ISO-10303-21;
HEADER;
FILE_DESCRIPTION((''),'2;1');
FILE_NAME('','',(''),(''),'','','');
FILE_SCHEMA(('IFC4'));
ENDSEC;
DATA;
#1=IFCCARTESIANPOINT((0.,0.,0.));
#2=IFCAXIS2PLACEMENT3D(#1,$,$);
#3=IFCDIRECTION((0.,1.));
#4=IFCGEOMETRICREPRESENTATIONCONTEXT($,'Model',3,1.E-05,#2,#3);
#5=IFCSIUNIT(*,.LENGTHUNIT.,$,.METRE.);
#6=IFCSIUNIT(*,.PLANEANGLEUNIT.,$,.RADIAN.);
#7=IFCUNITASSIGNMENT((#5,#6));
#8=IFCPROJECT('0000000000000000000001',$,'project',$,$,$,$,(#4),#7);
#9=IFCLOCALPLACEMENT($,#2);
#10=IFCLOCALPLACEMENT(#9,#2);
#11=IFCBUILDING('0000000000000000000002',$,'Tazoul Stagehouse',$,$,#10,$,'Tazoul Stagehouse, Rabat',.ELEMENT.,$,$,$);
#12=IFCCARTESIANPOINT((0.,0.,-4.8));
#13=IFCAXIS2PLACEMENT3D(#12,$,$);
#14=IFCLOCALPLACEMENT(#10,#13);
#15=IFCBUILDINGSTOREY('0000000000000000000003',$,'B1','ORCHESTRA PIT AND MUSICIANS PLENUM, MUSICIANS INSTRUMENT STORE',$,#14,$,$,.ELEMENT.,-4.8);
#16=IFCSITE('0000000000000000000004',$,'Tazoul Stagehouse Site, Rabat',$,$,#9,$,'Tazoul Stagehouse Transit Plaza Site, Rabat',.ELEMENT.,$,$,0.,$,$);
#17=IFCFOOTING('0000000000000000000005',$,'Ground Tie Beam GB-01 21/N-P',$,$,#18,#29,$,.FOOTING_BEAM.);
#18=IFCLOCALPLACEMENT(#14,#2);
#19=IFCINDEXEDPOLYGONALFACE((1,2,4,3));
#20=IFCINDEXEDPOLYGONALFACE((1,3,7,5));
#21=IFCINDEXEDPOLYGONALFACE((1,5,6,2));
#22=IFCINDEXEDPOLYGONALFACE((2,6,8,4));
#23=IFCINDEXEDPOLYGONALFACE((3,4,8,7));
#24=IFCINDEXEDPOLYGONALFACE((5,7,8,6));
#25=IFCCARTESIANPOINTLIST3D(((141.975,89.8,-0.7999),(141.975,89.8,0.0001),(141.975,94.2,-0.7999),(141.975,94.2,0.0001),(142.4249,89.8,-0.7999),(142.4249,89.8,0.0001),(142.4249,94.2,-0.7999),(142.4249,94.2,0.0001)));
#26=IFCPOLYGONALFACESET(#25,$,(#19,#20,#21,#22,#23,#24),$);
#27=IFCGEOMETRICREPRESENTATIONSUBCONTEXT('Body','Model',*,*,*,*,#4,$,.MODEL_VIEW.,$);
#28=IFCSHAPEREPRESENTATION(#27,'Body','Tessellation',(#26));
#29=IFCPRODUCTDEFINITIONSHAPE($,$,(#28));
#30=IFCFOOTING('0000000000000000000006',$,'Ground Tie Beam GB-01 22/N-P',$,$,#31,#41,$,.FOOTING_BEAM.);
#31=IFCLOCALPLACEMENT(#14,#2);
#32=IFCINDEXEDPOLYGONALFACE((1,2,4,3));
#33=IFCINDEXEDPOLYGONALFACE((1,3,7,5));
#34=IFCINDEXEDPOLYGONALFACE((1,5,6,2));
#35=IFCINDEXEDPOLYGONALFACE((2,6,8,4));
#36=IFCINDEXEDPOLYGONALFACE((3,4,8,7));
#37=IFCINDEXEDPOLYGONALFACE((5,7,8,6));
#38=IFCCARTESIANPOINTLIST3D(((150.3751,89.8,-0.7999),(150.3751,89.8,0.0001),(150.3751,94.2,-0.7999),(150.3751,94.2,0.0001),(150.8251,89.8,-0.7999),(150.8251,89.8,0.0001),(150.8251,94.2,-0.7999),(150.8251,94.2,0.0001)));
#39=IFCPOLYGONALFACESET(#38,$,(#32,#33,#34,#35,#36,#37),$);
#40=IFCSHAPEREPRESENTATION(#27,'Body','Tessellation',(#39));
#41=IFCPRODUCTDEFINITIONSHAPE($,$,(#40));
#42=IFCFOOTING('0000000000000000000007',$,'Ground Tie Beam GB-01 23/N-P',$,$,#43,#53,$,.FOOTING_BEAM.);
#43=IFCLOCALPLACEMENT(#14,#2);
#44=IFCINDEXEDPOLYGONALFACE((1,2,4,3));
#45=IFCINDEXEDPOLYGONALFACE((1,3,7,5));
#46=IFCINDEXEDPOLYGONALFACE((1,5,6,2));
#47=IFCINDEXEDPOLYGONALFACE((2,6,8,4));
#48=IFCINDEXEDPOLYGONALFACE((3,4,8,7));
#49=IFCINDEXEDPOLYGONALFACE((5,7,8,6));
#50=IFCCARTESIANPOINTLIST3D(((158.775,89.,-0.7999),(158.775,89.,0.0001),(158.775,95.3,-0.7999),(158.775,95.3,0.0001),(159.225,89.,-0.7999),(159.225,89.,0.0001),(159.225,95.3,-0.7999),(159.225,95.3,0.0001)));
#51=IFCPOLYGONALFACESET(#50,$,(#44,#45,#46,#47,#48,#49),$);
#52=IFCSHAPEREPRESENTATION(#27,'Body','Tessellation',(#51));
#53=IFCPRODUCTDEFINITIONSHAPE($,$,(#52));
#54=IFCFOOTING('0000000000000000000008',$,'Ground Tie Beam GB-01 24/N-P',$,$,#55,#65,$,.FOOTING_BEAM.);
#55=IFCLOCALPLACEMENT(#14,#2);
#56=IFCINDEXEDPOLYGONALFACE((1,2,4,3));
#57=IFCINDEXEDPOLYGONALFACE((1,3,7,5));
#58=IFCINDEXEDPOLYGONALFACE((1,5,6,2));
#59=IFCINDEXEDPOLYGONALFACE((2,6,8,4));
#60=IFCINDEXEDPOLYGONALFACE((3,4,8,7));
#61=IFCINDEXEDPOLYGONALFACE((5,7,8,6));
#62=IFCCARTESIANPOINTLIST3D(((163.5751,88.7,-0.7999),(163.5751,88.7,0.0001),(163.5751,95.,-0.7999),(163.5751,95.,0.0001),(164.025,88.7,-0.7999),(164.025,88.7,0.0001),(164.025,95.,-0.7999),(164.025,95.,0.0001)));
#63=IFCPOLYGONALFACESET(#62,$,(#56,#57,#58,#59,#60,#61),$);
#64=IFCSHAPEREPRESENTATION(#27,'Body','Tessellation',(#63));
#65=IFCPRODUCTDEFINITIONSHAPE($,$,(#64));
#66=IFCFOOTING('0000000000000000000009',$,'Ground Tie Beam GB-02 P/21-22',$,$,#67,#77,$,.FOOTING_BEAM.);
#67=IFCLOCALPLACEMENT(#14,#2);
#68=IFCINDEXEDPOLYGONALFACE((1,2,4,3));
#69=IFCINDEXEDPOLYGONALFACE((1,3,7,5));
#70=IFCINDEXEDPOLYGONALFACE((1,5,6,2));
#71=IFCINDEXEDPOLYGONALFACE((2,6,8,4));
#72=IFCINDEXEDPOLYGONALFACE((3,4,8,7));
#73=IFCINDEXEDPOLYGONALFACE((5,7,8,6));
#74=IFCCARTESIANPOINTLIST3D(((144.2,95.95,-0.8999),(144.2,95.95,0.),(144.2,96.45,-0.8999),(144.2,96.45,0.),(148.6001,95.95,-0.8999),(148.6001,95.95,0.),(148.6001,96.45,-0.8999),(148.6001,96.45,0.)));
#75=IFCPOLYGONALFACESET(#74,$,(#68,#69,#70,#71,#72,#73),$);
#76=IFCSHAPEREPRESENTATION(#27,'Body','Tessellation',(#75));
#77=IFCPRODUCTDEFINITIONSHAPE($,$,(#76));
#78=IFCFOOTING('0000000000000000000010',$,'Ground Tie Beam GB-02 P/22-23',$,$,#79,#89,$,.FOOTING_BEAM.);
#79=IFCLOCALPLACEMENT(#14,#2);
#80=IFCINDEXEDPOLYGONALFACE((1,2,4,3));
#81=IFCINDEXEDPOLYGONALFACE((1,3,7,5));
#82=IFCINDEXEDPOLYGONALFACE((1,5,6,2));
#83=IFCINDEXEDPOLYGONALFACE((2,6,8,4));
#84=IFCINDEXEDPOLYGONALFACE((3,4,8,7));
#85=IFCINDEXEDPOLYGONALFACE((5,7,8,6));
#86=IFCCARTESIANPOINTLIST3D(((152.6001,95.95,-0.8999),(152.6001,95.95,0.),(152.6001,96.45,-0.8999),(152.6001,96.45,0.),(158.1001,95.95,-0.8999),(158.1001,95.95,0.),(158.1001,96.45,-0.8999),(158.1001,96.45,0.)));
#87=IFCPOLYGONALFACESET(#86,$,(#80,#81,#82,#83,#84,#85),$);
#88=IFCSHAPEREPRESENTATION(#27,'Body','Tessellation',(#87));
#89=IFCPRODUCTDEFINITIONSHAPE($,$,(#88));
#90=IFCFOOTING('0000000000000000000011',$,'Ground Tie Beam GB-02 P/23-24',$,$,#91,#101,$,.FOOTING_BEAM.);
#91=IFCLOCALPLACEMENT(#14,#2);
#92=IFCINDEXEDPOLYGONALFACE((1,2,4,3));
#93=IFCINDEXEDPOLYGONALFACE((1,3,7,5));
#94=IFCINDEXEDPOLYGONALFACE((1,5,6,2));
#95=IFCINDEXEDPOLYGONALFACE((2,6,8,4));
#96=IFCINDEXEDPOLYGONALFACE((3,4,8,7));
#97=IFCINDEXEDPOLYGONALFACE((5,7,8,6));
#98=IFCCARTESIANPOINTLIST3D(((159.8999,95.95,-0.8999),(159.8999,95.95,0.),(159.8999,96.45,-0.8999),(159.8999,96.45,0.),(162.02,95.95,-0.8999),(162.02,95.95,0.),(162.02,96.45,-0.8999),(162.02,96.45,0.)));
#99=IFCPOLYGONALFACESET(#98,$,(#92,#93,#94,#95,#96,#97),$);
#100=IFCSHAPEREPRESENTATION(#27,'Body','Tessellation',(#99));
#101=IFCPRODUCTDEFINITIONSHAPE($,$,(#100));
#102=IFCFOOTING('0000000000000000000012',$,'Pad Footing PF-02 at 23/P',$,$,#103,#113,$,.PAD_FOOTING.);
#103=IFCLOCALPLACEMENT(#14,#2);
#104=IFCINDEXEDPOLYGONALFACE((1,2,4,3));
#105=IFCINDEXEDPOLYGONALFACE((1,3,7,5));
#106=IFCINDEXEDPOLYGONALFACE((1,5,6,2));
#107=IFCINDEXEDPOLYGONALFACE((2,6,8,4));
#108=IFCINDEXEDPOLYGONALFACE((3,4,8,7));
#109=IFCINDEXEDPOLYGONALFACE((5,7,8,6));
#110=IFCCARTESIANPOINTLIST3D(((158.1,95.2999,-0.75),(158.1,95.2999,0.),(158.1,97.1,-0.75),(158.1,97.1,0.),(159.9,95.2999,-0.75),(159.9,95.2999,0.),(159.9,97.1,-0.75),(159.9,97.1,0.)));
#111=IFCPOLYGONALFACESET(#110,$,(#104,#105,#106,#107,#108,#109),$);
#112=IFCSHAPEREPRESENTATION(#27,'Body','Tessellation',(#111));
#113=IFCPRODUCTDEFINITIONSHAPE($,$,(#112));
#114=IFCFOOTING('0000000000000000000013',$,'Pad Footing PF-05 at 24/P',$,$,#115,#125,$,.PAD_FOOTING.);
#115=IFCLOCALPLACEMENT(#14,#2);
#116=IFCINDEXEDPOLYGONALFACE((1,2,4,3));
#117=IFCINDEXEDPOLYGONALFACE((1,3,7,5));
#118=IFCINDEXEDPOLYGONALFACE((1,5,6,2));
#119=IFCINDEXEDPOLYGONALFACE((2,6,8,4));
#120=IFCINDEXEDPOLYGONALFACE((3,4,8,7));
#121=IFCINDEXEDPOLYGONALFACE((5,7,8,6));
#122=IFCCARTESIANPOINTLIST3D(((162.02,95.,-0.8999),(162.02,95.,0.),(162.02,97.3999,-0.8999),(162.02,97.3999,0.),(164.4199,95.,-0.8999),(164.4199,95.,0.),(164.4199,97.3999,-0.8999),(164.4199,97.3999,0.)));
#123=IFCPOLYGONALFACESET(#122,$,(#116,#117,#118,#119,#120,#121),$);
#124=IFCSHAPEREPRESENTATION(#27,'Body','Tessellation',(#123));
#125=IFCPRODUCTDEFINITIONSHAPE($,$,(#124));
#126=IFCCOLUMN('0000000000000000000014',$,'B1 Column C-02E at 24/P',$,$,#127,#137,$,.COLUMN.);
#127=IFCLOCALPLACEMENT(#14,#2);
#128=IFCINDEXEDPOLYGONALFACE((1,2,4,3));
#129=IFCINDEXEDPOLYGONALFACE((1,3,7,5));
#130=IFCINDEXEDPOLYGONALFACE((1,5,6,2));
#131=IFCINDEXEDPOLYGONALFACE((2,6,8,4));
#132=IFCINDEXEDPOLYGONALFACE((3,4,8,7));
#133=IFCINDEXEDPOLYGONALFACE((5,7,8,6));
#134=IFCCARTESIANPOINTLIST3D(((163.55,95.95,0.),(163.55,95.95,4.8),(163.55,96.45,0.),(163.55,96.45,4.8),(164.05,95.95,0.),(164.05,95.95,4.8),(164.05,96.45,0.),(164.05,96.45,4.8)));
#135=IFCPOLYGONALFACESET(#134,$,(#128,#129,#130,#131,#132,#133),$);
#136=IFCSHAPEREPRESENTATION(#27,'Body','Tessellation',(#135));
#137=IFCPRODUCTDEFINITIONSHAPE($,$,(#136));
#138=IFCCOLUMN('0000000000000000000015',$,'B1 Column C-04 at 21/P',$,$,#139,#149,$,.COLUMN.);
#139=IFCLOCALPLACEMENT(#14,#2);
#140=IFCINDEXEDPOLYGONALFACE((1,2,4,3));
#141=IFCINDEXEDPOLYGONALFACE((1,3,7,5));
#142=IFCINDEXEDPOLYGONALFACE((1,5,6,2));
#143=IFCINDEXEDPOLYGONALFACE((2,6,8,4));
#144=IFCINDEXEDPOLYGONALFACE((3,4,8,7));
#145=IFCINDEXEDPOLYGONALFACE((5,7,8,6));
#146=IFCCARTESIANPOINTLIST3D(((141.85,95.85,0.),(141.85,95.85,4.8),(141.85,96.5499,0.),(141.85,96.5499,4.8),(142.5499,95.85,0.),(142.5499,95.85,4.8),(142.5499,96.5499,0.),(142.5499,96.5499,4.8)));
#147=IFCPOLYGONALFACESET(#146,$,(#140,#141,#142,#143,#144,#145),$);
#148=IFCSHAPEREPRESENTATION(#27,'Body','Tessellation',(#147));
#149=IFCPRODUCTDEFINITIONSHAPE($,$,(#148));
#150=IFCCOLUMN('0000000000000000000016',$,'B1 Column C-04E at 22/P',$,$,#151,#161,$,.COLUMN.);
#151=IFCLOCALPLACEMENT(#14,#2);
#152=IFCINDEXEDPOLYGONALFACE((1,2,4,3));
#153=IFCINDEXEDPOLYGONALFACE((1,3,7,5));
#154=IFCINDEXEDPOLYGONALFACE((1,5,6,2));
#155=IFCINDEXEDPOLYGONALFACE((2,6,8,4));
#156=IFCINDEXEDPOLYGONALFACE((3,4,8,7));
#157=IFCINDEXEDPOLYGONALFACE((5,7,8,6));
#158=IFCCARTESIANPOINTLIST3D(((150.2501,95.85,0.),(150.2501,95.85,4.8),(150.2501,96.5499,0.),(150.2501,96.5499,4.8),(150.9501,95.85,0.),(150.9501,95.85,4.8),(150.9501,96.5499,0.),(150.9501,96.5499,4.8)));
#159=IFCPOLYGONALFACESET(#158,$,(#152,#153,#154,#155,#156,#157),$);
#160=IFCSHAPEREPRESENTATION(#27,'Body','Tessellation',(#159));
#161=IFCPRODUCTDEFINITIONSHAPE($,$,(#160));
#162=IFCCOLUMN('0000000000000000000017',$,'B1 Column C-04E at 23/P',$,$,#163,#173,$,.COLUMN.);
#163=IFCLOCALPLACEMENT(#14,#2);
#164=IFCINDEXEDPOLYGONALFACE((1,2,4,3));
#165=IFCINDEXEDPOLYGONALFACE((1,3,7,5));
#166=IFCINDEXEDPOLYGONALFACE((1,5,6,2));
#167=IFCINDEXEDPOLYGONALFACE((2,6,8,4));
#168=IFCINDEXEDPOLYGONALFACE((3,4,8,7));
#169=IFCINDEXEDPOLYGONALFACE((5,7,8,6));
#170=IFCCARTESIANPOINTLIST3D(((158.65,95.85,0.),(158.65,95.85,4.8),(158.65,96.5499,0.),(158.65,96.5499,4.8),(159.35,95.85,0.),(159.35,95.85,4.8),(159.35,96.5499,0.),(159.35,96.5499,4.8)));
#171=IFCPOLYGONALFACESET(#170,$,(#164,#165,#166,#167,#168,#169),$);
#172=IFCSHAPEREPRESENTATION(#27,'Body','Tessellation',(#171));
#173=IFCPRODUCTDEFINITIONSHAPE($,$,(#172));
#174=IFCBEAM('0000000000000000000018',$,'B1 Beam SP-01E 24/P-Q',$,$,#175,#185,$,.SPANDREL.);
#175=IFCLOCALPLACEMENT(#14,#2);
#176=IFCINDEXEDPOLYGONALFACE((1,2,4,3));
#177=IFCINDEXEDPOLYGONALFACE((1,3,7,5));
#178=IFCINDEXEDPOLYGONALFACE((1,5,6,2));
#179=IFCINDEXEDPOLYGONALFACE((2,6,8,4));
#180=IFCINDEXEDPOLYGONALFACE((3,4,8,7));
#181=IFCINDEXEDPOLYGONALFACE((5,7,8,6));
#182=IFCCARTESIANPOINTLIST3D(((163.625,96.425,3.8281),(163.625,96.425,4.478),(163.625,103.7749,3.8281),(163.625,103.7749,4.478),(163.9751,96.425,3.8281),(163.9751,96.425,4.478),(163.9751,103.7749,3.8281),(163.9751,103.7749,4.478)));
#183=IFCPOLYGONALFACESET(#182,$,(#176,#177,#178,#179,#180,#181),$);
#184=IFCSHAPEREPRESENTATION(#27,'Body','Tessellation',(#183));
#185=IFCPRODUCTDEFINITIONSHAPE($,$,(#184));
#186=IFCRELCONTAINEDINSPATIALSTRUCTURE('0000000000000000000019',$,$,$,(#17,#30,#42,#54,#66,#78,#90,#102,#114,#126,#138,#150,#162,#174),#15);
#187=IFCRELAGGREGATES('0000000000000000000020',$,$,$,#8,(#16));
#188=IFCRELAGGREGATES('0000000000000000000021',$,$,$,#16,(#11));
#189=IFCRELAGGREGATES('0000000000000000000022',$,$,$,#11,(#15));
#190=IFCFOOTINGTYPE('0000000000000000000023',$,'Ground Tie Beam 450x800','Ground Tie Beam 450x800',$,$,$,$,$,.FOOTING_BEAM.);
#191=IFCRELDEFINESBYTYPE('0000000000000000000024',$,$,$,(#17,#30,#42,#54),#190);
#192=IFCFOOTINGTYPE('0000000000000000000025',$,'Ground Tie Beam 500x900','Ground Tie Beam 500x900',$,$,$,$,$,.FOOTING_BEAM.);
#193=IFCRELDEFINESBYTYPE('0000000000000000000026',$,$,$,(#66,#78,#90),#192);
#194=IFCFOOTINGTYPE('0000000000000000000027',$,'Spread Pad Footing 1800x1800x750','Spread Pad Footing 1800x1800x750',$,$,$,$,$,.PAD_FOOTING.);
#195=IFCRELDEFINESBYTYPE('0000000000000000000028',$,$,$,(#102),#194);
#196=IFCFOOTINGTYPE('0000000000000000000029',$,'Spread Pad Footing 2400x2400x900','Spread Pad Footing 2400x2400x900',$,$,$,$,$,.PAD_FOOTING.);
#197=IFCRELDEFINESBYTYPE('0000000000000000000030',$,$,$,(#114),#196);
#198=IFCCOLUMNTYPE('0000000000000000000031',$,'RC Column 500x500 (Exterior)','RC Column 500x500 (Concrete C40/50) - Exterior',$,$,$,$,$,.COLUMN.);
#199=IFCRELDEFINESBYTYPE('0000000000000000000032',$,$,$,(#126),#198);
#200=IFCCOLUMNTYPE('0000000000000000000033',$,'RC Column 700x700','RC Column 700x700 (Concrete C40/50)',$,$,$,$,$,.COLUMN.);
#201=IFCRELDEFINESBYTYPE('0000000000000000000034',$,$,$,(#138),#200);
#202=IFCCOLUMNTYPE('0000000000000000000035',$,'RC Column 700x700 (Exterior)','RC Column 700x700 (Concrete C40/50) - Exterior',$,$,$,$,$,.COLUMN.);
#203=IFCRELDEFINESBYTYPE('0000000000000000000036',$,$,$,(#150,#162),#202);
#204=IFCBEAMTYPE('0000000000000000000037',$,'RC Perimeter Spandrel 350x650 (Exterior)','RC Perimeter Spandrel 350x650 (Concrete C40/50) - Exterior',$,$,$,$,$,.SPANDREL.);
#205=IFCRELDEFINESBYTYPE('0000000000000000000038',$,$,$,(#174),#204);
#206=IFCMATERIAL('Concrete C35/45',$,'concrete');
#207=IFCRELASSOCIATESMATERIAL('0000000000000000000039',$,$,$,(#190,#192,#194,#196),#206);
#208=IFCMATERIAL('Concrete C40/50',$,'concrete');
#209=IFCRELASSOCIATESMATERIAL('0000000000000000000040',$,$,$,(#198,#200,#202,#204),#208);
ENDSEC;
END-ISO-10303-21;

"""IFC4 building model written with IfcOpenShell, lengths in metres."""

from ifc_helpers import new_model, si_unit, direction, frame, origin, origin_2d, place, context, subcontext, project, spatial, rectangle, extrude, material, material_profile, profile_set, type_object, element, save


model = new_model("IFC4")

# Units and contexts
model_context = context("Model", 3, precision=1e-05, world=origin(), true_north=direction((0.0, 1.0)))
body_context = subcontext(model_context, "Body", "Model", "MODEL_VIEW")
ifc_project = project(units=[si_unit("LENGTHUNIT", "METRE"), si_unit("PLANEANGLEUNIT", "RADIAN")], contexts=[model_context])

# Site, building, storey
site_placement = place(None, origin())
site = spatial("IfcSite", under=ifc_project, at=site_placement, Name="Tazoul Stagehouse Site, Rabat", LongName="Tazoul Stagehouse Transit Plaza Site, Rabat", CompositionType="ELEMENT", RefElevation=0.0)
building_placement = place(site_placement, origin())
building = spatial("IfcBuilding", under=site, at=building_placement, Name="Tazoul Stagehouse", LongName="Tazoul Stagehouse, Rabat", CompositionType="ELEMENT")
storey_placement = place(building_placement, frame((0.0, 0.0, -4.8)))
storey = spatial("IfcBuildingStorey", under=building, at=storey_placement, Name="B1", Description="ORCHESTRA PIT AND MUSICIANS PLENUM, MUSICIANS INSTRUMENT STORE", CompositionType="ELEMENT", Elevation=-4.8)

# Shared definitions
ifc_material_1 = material(Name="Concrete C35/45", Category="concrete")

# Footings
ifc_material_profile_1 = material_profile(ifc_material_1, rectangle(XDim=0.45, YDim=0.8, at=origin_2d()), Name="RC 450x800")
ifc_profile_set_1 = profile_set([ifc_material_profile_1], Name="Concrete C35/45")
footing_type_1 = type_object("IfcFootingType", Name="Ground Tie Beam 450x800", Description="Ground Tie Beam 450x800", PredefinedType="FOOTING_BEAM", material=ifc_profile_set_1)
for number, where, z_axis, x_axis, name in (
    (1, (142.2, 89.8, -0.3999), (0.0, 1.0, 0.0), (-1.0, 0.0, 0.0), "Ground Tie Beam GB-01 21/N-P"),
    (2, (150.6001, 89.8, -0.3999), (0.0, 1.0, 0.0), (-1.0, 0.0, 0.0), "Ground Tie Beam GB-01 22/N-P"),
):
    element("IfcFooting", number, at=place(storey_placement, frame(where, z_axis=z_axis, x_axis=x_axis)), inside=storey, type_object=footing_type_1, Name=name, PredefinedType="FOOTING_BEAM", context=body_context, shape_type="SweptSolid", body=[
        extrude(rectangle(XDim=0.45, YDim=0.8, at=origin_2d()), origin(), (0.0, 0.0, 1.0), 4.3999),
    ])
for number, where, z_axis, x_axis, name in (
    (3, (159.0, 89.0, -0.3999), (0.0, 1.0, 0.0), (-1.0, 0.0, 0.0), "Ground Tie Beam GB-01 23/N-P"),
    (4, (163.8, 88.7, -0.3999), (0.0, 1.0, 0.0), (-1.0, 0.0, 0.0), "Ground Tie Beam GB-01 24/N-P"),
):
    element("IfcFooting", number, at=place(storey_placement, frame(where, z_axis=z_axis, x_axis=x_axis)), inside=storey, type_object=footing_type_1, Name=name, PredefinedType="FOOTING_BEAM", context=body_context, shape_type="SweptSolid", body=[
        extrude(rectangle(XDim=0.45, YDim=0.8, at=origin_2d()), origin(), (0.0, 0.0, 1.0), 6.3),
    ])
ifc_material_profile_2 = material_profile(ifc_material_1, rectangle(XDim=0.5, YDim=0.8999, at=origin_2d()), Name="RC 500x900")
ifc_profile_set_2 = profile_set([ifc_material_profile_2], Name="Concrete C35/45")
footing_type_2 = type_object("IfcFootingType", Name="Ground Tie Beam 500x900", Description="Ground Tie Beam 500x900", PredefinedType="FOOTING_BEAM", material=ifc_profile_set_2)
footing_1_placement = place(storey_placement, frame((144.2, 96.2, -0.45), z_axis=(1.0, 0.0, 0.0), x_axis=(0.0, 1.0, 0.0)))
element("IfcFooting", 5, at=footing_1_placement, inside=storey, type_object=footing_type_2, Name="Ground Tie Beam GB-02 P/21-22", PredefinedType="FOOTING_BEAM", context=body_context, shape_type="SweptSolid", body=[
    extrude(rectangle(XDim=0.5, YDim=0.8999, at=origin_2d()), origin(), (0.0, 0.0, 1.0), 4.4001),
])
footing_2_placement = place(storey_placement, frame((152.6001, 96.2, -0.45), z_axis=(1.0, 0.0, 0.0), x_axis=(0.0, 1.0, 0.0)))
element("IfcFooting", 6, at=footing_2_placement, inside=storey, type_object=footing_type_2, Name="Ground Tie Beam GB-02 P/22-23", PredefinedType="FOOTING_BEAM", context=body_context, shape_type="SweptSolid", body=[
    extrude(rectangle(XDim=0.5, YDim=0.8999, at=origin_2d()), origin(), (0.0, 0.0, 1.0), 5.5),
])
footing_3_placement = place(storey_placement, frame((159.8999, 96.2, -0.45), z_axis=(1.0, 0.0, 0.0), x_axis=(0.0, 1.0, 0.0)))
element("IfcFooting", 7, at=footing_3_placement, inside=storey, type_object=footing_type_2, Name="Ground Tie Beam GB-02 P/23-24", PredefinedType="FOOTING_BEAM", context=body_context, shape_type="SweptSolid", body=[
    extrude(rectangle(XDim=0.5, YDim=0.8999, at=origin_2d()), origin(), (0.0, 0.0, 1.0), 2.1201),
])
footing_type_3 = type_object("IfcFootingType", Name="Spread Pad Footing 1800x1800x750", Description="Spread Pad Footing 1800x1800x750", PredefinedType="PAD_FOOTING", material=ifc_material_1)
footing_4_placement = place(storey_placement, frame((159.0, 96.2, -0.75), z_axis=(0.0, 0.0, 1.0), x_axis=(1.0, 0.0, 0.0)))
element("IfcFooting", 8, at=footing_4_placement, inside=storey, type_object=footing_type_3, Name="Pad Footing PF-02 at 23/P", PredefinedType="PAD_FOOTING", context=body_context, shape_type="SweptSolid", body=[
    extrude(rectangle(XDim=1.8, YDim=1.8, at=origin_2d()), origin(), (0.0, 0.0, 1.0), 0.75),
])
footing_type_4 = type_object("IfcFootingType", Name="Spread Pad Footing 2400x2400x900", Description="Spread Pad Footing 2400x2400x900", PredefinedType="PAD_FOOTING", material=ifc_material_1)
footing_5_placement = place(storey_placement, frame((163.22, 96.2, -0.8999), z_axis=(0.0, 0.0, 1.0), x_axis=(1.0, 0.0, 0.0)))
element("IfcFooting", 9, at=footing_5_placement, inside=storey, type_object=footing_type_4, Name="Pad Footing PF-05 at 24/P", PredefinedType="PAD_FOOTING", context=body_context, shape_type="SweptSolid", body=[
    extrude(rectangle(XDim=2.3999, YDim=2.3999, at=origin_2d()), origin(), (0.0, 0.0, 1.0), 0.8999),
])

# Columns
ifc_material_2 = material(Name="Concrete C40/50", Category="concrete")
ifc_material_profile_3 = material_profile(ifc_material_2, rectangle(XDim=0.5, YDim=0.5, at=origin_2d()), Name="RC 500x500")
ifc_profile_set_3 = profile_set([ifc_material_profile_3], Name="Concrete C40/50")
column_type_1 = type_object("IfcColumnType", Name="RC Column 500x500 (Exterior)", Description="RC Column 500x500 (Concrete C40/50) - Exterior", PredefinedType="COLUMN", material=ifc_profile_set_3)
column_1_placement = place(storey_placement, frame((163.8, 96.2, 0.0), z_axis=(0.0, 0.0, 1.0), x_axis=(1.0, 0.0, 0.0)))
element("IfcColumn", 10, at=column_1_placement, inside=storey, type_object=column_type_1, Name="B1 Column C-02E at 24/P", PredefinedType="COLUMN", context=body_context, shape_type="SweptSolid", body=[
    extrude(rectangle(XDim=0.5, YDim=0.5, at=origin_2d()), origin(), (0.0, 0.0, 1.0), 4.8),
])
ifc_material_profile_4 = material_profile(ifc_material_2, rectangle(XDim=0.7, YDim=0.7, at=origin_2d()), Name="RC 700x700")
ifc_profile_set_4 = profile_set([ifc_material_profile_4], Name="Concrete C40/50")
column_type_2 = type_object("IfcColumnType", Name="RC Column 700x700", Description="RC Column 700x700 (Concrete C40/50)", PredefinedType="COLUMN", material=ifc_profile_set_4)
column_2_placement = place(storey_placement, frame((142.2, 96.2, 0.0), z_axis=(0.0, 0.0, 1.0), x_axis=(1.0, 0.0, 0.0)))
element("IfcColumn", 11, at=column_2_placement, inside=storey, type_object=column_type_2, Name="B1 Column C-04 at 21/P", PredefinedType="COLUMN", context=body_context, shape_type="SweptSolid", body=[
    extrude(rectangle(XDim=0.7, YDim=0.7, at=origin_2d()), origin(), (0.0, 0.0, 1.0), 4.8),
])
ifc_material_profile_5 = material_profile(ifc_material_2, rectangle(XDim=0.7, YDim=0.7, at=origin_2d()), Name="RC 700x700")
ifc_profile_set_5 = profile_set([ifc_material_profile_5], Name="Concrete C40/50")
column_type_3 = type_object("IfcColumnType", Name="RC Column 700x700 (Exterior)", Description="RC Column 700x700 (Concrete C40/50) - Exterior", PredefinedType="COLUMN", material=ifc_profile_set_5)
for number, where, z_axis, x_axis, name in (
    (12, (150.6001, 96.2, 0.0), (0.0, 0.0, 1.0), (1.0, 0.0, 0.0), "B1 Column C-04E at 22/P"),
    (13, (159.0, 96.2, 0.0), (0.0, 0.0, 1.0), (1.0, 0.0, 0.0), "B1 Column C-04E at 23/P"),
):
    element("IfcColumn", number, at=place(storey_placement, frame(where, z_axis=z_axis, x_axis=x_axis)), inside=storey, type_object=column_type_3, Name=name, PredefinedType="COLUMN", context=body_context, shape_type="SweptSolid", body=[
        extrude(rectangle(XDim=0.7, YDim=0.7, at=origin_2d()), origin(), (0.0, 0.0, 1.0), 4.8),
    ])

# Beam
ifc_material_profile_6 = material_profile(ifc_material_2, rectangle(XDim=0.3501, YDim=0.6499, at=origin_2d()), Name="RC 350x650")
ifc_profile_set_6 = profile_set([ifc_material_profile_6], Name="Concrete C40/50")
beam_type_1 = type_object("IfcBeamType", Name="RC Perimeter Spandrel 350x650 (Exterior)", Description="RC Perimeter Spandrel 350x650 (Concrete C40/50) - Exterior", PredefinedType="SPANDREL", material=ifc_profile_set_6)
beam_1_placement = place(storey_placement, frame((163.8, 96.425, 4.1531), z_axis=(0.0, 1.0, 0.0), x_axis=(-1.0, 0.0, 0.0)))
element("IfcBeam", 14, at=beam_1_placement, inside=storey, type_object=beam_type_1, Name="B1 Beam SP-01E 24/P-Q", PredefinedType="SPANDREL", context=body_context, shape_type="SweptSolid", body=[
    extrude(rectangle(XDim=0.3501, YDim=0.6499, at=origin_2d()), origin(), (0.0, 0.0, 1.0), 7.3499),
])

save(model, "model.ifc")
